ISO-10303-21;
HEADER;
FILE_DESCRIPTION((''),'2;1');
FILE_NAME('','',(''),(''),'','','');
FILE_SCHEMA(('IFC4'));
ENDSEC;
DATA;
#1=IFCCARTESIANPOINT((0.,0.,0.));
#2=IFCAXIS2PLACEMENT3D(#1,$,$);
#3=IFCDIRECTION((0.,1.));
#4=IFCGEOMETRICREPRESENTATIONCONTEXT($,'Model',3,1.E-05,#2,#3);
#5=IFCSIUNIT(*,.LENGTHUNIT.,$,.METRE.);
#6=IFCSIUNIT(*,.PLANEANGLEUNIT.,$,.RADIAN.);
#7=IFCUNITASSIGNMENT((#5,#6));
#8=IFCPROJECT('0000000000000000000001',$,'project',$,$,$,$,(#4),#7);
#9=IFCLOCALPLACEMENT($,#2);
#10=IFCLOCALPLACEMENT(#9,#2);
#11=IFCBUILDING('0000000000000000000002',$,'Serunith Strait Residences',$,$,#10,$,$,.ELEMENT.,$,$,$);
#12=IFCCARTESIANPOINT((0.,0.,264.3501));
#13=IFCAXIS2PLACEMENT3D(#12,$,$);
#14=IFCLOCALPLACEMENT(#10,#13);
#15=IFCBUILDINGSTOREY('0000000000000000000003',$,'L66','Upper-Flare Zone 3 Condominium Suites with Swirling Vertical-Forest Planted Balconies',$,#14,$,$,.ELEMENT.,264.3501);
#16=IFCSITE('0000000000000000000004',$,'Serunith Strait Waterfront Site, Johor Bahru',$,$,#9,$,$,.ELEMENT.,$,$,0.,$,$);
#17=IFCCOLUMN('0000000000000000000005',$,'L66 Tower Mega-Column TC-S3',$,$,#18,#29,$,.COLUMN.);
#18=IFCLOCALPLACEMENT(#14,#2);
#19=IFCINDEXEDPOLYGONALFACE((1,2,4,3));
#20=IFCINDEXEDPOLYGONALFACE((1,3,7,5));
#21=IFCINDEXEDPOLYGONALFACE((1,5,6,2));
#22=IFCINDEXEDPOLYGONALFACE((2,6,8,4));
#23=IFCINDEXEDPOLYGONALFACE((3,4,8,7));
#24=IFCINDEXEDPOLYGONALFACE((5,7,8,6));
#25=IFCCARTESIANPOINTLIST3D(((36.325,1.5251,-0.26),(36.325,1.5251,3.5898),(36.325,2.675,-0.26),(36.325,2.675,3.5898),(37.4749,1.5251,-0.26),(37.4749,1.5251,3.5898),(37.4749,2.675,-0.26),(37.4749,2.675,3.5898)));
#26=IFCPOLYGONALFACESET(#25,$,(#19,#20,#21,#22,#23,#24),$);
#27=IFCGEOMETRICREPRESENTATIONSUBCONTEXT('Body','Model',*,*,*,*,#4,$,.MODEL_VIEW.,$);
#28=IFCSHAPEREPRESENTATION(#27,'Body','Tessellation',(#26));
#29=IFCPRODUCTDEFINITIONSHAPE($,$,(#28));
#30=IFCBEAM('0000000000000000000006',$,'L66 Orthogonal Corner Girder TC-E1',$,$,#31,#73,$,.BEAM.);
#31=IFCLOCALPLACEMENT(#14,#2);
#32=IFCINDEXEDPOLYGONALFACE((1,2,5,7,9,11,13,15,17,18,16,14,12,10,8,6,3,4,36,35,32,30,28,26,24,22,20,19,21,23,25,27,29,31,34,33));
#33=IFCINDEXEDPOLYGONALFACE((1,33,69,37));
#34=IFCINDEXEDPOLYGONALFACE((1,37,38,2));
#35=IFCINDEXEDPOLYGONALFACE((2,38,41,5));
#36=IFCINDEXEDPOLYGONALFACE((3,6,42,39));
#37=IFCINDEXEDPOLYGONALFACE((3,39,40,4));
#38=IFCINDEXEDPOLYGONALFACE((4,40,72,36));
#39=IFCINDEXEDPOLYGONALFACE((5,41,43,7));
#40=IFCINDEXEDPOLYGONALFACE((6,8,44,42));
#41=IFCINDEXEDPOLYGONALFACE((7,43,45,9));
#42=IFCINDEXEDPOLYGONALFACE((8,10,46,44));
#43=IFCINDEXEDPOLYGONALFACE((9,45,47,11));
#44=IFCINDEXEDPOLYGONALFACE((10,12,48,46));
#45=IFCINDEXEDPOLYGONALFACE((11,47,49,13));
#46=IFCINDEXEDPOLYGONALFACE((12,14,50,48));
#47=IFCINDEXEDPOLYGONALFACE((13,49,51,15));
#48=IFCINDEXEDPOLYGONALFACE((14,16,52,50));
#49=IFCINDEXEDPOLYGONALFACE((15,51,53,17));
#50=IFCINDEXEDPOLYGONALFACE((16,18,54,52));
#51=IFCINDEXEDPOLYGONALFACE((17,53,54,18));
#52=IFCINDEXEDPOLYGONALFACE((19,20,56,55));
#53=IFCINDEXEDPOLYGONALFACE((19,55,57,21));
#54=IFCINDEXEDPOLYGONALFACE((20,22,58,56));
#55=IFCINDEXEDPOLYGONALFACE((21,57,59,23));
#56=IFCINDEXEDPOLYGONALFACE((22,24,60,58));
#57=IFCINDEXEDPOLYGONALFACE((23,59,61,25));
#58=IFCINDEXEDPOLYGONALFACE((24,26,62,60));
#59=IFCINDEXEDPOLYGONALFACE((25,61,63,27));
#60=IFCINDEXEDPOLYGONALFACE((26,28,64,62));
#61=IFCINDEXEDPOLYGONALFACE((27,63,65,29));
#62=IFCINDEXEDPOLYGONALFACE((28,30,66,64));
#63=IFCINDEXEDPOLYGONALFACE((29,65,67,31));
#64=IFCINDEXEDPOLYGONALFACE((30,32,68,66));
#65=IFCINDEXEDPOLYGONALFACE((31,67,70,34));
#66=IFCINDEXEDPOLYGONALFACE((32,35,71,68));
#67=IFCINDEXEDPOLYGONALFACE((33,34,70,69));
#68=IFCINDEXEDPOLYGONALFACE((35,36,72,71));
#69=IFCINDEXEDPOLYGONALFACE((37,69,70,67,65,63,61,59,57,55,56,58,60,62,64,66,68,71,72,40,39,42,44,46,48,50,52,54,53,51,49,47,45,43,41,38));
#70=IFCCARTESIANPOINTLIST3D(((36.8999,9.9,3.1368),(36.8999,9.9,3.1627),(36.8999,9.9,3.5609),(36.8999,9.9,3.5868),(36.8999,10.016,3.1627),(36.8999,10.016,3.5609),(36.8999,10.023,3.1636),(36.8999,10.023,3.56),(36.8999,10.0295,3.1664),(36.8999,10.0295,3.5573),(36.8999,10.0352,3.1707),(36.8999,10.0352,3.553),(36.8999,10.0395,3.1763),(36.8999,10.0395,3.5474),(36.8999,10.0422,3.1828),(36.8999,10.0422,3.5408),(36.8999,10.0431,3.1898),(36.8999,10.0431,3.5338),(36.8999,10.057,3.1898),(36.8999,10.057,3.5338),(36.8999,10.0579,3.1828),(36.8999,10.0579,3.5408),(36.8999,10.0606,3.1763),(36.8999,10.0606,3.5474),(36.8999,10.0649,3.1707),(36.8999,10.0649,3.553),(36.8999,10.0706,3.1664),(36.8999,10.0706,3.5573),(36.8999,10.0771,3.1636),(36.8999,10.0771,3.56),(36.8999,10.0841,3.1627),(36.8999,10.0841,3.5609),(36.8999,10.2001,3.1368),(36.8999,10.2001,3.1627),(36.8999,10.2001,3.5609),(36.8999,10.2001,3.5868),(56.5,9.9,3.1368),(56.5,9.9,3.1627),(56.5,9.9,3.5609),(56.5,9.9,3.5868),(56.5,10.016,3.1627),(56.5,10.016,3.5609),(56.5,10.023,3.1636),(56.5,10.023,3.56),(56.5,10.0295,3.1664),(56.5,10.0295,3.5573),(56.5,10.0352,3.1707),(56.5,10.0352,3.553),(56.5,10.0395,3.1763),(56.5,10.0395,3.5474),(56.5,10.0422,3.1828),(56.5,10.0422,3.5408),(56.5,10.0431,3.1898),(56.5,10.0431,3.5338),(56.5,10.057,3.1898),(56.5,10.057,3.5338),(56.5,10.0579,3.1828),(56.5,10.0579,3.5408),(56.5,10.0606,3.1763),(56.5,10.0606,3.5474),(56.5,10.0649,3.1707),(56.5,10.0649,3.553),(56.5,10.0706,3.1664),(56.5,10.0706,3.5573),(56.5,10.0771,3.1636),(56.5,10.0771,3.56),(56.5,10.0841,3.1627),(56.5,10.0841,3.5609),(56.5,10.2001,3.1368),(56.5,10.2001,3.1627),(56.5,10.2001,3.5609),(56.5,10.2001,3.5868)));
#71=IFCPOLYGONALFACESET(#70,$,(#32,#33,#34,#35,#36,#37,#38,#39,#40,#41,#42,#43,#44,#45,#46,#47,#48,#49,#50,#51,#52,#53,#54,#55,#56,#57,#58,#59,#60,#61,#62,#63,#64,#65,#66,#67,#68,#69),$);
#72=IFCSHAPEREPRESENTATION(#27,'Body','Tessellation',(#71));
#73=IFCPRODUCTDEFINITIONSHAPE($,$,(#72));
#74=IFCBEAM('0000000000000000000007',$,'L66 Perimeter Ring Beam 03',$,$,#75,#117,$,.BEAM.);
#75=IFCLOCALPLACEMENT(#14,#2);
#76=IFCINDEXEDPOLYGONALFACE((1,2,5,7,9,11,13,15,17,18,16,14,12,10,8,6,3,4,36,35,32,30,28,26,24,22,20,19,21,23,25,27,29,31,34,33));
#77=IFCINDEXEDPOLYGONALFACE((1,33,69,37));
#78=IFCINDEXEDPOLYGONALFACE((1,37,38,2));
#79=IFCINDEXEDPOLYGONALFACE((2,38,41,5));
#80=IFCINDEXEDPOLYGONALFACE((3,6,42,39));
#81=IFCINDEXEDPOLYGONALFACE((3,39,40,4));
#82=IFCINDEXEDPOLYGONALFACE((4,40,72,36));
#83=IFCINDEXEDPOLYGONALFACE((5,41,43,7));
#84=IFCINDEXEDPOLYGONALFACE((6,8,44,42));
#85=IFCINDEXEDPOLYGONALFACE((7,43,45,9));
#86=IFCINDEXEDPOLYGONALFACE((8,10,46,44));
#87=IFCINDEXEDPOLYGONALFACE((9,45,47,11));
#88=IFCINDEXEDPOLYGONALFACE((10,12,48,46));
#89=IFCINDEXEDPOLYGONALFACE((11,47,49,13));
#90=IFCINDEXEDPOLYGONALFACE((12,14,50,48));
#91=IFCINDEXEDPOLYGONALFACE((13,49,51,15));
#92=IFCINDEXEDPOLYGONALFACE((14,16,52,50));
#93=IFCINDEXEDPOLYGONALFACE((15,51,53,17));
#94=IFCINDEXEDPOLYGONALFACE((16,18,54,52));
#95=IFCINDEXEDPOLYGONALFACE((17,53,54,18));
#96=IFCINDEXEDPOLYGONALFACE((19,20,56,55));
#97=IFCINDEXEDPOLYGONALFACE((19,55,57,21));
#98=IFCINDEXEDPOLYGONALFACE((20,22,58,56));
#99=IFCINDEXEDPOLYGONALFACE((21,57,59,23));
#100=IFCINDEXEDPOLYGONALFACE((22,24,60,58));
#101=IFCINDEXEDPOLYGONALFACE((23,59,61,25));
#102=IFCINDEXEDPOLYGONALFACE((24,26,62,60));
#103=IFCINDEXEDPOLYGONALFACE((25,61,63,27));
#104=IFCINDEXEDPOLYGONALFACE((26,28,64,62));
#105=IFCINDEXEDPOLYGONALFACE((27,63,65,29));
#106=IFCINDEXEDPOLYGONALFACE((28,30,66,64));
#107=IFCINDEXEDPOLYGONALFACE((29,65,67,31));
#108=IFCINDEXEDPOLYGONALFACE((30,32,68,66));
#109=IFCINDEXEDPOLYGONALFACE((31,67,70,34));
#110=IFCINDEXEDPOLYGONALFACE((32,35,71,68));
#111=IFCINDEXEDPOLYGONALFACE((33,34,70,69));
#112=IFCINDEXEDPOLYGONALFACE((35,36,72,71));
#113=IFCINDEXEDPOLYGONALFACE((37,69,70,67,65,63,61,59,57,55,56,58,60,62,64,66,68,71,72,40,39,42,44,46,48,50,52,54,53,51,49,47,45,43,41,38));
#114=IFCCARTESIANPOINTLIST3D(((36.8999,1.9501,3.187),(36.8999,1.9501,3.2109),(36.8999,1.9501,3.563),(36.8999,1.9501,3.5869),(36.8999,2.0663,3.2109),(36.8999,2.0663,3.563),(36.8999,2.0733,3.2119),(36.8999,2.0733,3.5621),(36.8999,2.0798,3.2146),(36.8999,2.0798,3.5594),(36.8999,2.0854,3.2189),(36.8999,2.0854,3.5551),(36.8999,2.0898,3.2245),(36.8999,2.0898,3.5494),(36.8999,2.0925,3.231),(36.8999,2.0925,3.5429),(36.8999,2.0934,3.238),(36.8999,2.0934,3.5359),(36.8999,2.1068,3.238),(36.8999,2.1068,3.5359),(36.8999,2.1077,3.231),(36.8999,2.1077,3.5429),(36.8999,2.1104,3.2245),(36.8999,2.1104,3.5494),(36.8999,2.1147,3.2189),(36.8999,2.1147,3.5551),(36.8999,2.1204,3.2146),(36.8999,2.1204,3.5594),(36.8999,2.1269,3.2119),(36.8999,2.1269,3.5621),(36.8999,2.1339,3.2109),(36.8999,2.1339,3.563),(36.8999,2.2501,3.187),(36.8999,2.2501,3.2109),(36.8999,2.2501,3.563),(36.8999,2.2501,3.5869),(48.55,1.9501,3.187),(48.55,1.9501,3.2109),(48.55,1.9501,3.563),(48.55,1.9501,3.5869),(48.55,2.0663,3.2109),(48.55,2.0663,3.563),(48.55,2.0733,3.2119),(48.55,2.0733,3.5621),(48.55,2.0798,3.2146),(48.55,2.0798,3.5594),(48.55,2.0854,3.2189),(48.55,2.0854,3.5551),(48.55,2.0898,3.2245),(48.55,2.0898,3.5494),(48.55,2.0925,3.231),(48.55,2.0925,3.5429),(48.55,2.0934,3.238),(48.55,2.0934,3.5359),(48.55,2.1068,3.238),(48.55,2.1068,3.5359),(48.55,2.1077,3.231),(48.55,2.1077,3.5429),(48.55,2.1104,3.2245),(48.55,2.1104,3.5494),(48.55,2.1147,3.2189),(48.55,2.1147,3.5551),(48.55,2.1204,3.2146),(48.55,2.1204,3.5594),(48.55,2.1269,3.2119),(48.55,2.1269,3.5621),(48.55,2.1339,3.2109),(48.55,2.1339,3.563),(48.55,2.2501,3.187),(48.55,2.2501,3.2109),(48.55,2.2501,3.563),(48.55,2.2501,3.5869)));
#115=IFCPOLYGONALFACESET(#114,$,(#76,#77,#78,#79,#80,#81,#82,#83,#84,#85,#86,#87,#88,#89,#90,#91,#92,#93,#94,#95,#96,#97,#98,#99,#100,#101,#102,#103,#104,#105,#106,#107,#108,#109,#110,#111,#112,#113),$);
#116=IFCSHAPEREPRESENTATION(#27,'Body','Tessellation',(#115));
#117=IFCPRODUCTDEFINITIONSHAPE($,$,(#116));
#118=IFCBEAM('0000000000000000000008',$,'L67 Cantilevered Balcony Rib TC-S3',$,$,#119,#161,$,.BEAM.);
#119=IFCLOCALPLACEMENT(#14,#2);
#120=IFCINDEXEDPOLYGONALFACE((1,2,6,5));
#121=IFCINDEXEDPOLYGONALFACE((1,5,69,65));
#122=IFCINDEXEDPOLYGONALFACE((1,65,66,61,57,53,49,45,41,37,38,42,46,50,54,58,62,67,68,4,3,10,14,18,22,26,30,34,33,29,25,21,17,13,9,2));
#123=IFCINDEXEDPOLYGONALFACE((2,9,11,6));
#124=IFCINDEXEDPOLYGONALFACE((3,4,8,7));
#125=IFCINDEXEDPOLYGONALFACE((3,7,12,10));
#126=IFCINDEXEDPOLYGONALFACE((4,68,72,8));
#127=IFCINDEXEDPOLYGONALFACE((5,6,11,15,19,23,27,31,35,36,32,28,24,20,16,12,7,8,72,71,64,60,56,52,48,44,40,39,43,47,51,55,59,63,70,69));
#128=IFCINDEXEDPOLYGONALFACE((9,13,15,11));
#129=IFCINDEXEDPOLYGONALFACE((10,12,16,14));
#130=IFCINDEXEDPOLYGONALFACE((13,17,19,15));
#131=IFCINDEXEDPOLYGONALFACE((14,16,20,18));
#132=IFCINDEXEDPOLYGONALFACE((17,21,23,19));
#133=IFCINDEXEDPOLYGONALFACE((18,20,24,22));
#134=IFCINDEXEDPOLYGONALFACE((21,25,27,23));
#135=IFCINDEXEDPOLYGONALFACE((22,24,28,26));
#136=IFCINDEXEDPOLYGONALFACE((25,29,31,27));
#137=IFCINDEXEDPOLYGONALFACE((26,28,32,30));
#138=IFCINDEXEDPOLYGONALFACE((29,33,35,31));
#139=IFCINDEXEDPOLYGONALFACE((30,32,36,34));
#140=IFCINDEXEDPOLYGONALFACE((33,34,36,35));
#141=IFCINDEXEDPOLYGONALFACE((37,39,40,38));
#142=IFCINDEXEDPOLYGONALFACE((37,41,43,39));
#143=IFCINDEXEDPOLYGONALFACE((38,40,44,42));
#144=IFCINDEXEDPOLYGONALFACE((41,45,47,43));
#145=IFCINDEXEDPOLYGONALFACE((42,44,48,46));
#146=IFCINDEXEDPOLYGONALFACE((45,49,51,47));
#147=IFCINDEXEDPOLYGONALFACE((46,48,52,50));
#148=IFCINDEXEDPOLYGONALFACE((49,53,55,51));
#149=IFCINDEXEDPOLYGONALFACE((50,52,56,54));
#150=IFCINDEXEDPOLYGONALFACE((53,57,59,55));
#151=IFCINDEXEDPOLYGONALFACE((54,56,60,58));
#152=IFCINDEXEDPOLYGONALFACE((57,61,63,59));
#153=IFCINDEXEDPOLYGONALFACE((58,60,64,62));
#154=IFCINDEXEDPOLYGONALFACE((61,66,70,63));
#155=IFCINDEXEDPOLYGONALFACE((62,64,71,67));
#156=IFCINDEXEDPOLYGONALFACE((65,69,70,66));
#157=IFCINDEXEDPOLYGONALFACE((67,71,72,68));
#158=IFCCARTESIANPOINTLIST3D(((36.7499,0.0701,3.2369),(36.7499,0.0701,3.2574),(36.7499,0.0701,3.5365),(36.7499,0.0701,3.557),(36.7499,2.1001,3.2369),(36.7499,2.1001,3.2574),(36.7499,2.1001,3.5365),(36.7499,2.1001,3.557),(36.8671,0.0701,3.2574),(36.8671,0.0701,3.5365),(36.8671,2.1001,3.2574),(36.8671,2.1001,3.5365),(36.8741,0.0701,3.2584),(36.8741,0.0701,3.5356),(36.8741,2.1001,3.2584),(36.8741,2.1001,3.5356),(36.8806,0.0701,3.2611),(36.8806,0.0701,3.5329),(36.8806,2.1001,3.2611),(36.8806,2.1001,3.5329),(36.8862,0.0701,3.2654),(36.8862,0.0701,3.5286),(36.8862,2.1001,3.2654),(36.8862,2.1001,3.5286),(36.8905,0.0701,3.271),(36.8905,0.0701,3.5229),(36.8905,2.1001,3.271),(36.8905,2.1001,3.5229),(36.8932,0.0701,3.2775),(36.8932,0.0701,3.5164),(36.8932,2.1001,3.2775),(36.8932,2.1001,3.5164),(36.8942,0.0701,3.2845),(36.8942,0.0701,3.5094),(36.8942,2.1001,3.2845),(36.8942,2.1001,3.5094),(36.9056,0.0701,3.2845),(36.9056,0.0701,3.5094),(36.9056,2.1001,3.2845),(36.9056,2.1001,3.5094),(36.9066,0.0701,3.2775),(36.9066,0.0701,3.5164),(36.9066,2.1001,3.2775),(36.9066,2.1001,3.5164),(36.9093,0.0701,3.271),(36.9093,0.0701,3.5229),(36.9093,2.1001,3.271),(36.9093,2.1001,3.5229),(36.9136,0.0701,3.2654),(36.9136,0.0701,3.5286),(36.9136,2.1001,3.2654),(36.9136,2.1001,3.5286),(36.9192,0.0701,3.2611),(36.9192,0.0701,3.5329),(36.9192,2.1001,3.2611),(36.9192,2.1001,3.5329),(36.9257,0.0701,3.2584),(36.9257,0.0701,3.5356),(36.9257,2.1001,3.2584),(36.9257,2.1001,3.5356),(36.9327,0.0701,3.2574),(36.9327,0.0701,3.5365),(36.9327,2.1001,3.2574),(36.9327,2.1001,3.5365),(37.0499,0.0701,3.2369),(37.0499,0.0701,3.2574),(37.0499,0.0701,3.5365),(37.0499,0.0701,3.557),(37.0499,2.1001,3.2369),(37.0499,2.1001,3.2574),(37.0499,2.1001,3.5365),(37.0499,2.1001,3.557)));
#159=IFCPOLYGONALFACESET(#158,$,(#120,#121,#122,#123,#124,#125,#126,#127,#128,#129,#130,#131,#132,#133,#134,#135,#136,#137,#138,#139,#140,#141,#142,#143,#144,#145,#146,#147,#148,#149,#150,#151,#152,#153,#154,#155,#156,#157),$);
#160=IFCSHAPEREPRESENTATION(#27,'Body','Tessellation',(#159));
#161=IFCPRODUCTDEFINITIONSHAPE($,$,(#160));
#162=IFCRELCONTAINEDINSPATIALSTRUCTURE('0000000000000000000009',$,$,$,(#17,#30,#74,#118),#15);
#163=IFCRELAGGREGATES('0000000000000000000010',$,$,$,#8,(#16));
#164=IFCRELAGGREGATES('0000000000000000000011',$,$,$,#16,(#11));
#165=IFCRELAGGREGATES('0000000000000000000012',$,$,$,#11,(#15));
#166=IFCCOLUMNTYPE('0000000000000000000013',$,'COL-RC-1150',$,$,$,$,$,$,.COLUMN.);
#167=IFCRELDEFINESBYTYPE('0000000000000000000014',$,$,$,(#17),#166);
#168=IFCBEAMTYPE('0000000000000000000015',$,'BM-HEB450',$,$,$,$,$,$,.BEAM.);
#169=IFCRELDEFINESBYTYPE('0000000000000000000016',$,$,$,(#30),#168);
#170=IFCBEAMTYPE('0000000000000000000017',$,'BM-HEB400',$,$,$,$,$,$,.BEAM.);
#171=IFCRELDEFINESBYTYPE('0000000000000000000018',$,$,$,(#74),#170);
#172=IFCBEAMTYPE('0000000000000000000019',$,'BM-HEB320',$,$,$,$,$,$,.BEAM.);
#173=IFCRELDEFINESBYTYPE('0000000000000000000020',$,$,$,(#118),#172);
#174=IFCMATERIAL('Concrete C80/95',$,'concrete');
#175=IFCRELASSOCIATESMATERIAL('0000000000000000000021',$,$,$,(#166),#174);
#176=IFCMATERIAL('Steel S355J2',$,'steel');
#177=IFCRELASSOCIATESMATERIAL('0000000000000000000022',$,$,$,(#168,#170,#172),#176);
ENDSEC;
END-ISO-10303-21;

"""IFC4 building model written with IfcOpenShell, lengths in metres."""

from ifc_helpers import new_model, si_unit, direction, frame, origin, origin_2d, place, context, subcontext, project, spatial, rectangle, i_section, extrude, source, transform, mapped, material, material_profile, profile_set, type_object, element, save


model = new_model("IFC4")

# Units and contexts
model_context = context("Model", 3, precision=1e-05, world=origin(), true_north=direction((0.0, 1.0)))
body_context = subcontext(model_context, "Body", "Model", "MODEL_VIEW")
ifc_project = project(units=[si_unit("LENGTHUNIT", "METRE"), si_unit("PLANEANGLEUNIT", "RADIAN")], contexts=[model_context])

# Site, building, storey
site_placement = place(None, origin())
site = spatial("IfcSite", under=ifc_project, at=site_placement, Name="Serunith Strait Waterfront Site, Johor Bahru", CompositionType="ELEMENT", RefElevation=0.0)
building_placement = place(site_placement, origin())
building = spatial("IfcBuilding", under=site, at=building_placement, Name="Serunith Strait Residences", CompositionType="ELEMENT")
storey_placement = place(building_placement, frame((0.0, 0.0, 264.3501)))
storey = spatial("IfcBuildingStorey", under=building, at=storey_placement, Name="L66", Description="Upper-Flare Zone 3 Condominium Suites with Swirling Vertical-Forest Planted Balconies", CompositionType="ELEMENT", Elevation=264.3501)

# Column
ifc_material_1 = material(Name="Concrete C80/95", Category="concrete")
ifc_material_profile_1 = material_profile(ifc_material_1, rectangle(XDim=1.1499, YDim=1.1499, at=origin_2d()), Name="RC 1150x1150")
ifc_profile_set_1 = profile_set([ifc_material_profile_1], Name="Concrete C80/95")
column_type = type_object("IfcColumnType", Name="COL-RC-1150", PredefinedType="COLUMN", material=ifc_profile_set_1)
shared_shape_1 = source(origin(), body_context, "Body", "SweptSolid", [
    extrude(rectangle(XDim=1.1499, YDim=1.1499, at=origin_2d()), origin(), (0.0, 0.0, 1.0), 3.8499),
])
column_placement = place(storey_placement, frame((36.8999, 2.1001, -0.26), z_axis=(0.0, 0.0, 1.0), x_axis=(1.0, 0.0, 0.0)))
element("IfcColumn", 1, at=column_placement, inside=storey, type_object=column_type, Name="L66 Tower Mega-Column TC-S3", PredefinedType="COLUMN", context=body_context, shape_type="MappedRepresentation", body=[
    mapped(shared_shape_1, transform((0.0, 0.0, 0.0), scale=1.0)),
])

# Beams
ifc_material_2 = material(Name="Steel S355J2", Category="steel")
ifc_material_profile_2 = material_profile(ifc_material_2, i_section(OverallWidth=0.3, OverallDepth=0.45, WebThickness=0.0139, FlangeThickness=0.0259, FilletRadius=0.0271, at=origin_2d()), Name="HEB 450")
ifc_profile_set_2 = profile_set([ifc_material_profile_2], Name="Steel S355J2")
beam_type_1 = type_object("IfcBeamType", Name="BM-HEB450", PredefinedType="BEAM", material=ifc_profile_set_2)
shared_shape_2 = source(origin(), body_context, "Body", "SweptSolid", [
    extrude(i_section(OverallWidth=0.3, OverallDepth=0.45, WebThickness=0.0139, FlangeThickness=0.0259, FilletRadius=0.0271, at=origin_2d()), origin(), (0.0, 0.0, 1.0), 19.6001),
])
beam_1_placement = place(storey_placement, frame((36.8999, 10.05, 3.3618), z_axis=(1.0, 0.0, 0.0), x_axis=(0.0, 1.0, 0.0)))
element("IfcBeam", 2, at=beam_1_placement, inside=storey, type_object=beam_type_1, Name="L66 Orthogonal Corner Girder TC-E1", PredefinedType="BEAM", context=body_context, shape_type="MappedRepresentation", body=[
    mapped(shared_shape_2, transform((0.0, 0.0, 0.0), scale=1.0)),
])
ifc_material_profile_3 = material_profile(ifc_material_2, i_section(OverallWidth=0.3, OverallDepth=0.3999, WebThickness=0.0134, FlangeThickness=0.0239, FilletRadius=0.0271, at=origin_2d()), Name="HEB 400")
ifc_profile_set_3 = profile_set([ifc_material_profile_3], Name="Steel S355J2")
beam_type_2 = type_object("IfcBeamType", Name="BM-HEB400", PredefinedType="BEAM", material=ifc_profile_set_3)
shared_shape_3 = source(origin(), body_context, "Body", "SweptSolid", [
    extrude(i_section(OverallWidth=0.3, OverallDepth=0.3999, WebThickness=0.0134, FlangeThickness=0.0239, FilletRadius=0.0271, at=origin_2d()), origin(), (0.0, 0.0, 1.0), 11.6501),
])
beam_2_placement = place(storey_placement, frame((36.8999, 2.1001, 3.387), z_axis=(1.0, 0.0, 0.0), x_axis=(0.0, 1.0, 0.0)))
element("IfcBeam", 3, at=beam_2_placement, inside=storey, type_object=beam_type_2, Name="L66 Perimeter Ring Beam 03", PredefinedType="BEAM", context=body_context, shape_type="MappedRepresentation", body=[
    mapped(shared_shape_3, transform((0.0, 0.0, 0.0), scale=1.0)),
])
ifc_material_profile_4 = material_profile(ifc_material_2, i_section(OverallWidth=0.3, OverallDepth=0.3201, WebThickness=0.0115, FlangeThickness=0.0205, FilletRadius=0.0271, at=origin_2d()), Name="HEB 320")
ifc_profile_set_4 = profile_set([ifc_material_profile_4], Name="Steel S355J2")
beam_type_3 = type_object("IfcBeamType", Name="BM-HEB320", PredefinedType="BEAM", material=ifc_profile_set_4)
shared_shape_4 = source(origin(), body_context, "Body", "SweptSolid", [
    extrude(i_section(OverallWidth=0.3, OverallDepth=0.3201, WebThickness=0.0115, FlangeThickness=0.0205, FilletRadius=0.0271, at=origin_2d()), origin(), (0.0, 0.0, 1.0), 2.03),
])
beam_3_placement = place(storey_placement, frame((36.8999, 2.1001, 3.397), z_axis=(0.0, -1.0, 0.0), x_axis=(1.0, 0.0, 0.0)))
element("IfcBeam", 4, at=beam_3_placement, inside=storey, type_object=beam_type_3, Name="L67 Cantilevered Balcony Rib TC-S3", PredefinedType="BEAM", context=body_context, shape_type="MappedRepresentation", body=[
    mapped(shared_shape_4, transform((0.0, 0.0, 0.0), scale=1.0)),
])

save(model, "model.ifc")
